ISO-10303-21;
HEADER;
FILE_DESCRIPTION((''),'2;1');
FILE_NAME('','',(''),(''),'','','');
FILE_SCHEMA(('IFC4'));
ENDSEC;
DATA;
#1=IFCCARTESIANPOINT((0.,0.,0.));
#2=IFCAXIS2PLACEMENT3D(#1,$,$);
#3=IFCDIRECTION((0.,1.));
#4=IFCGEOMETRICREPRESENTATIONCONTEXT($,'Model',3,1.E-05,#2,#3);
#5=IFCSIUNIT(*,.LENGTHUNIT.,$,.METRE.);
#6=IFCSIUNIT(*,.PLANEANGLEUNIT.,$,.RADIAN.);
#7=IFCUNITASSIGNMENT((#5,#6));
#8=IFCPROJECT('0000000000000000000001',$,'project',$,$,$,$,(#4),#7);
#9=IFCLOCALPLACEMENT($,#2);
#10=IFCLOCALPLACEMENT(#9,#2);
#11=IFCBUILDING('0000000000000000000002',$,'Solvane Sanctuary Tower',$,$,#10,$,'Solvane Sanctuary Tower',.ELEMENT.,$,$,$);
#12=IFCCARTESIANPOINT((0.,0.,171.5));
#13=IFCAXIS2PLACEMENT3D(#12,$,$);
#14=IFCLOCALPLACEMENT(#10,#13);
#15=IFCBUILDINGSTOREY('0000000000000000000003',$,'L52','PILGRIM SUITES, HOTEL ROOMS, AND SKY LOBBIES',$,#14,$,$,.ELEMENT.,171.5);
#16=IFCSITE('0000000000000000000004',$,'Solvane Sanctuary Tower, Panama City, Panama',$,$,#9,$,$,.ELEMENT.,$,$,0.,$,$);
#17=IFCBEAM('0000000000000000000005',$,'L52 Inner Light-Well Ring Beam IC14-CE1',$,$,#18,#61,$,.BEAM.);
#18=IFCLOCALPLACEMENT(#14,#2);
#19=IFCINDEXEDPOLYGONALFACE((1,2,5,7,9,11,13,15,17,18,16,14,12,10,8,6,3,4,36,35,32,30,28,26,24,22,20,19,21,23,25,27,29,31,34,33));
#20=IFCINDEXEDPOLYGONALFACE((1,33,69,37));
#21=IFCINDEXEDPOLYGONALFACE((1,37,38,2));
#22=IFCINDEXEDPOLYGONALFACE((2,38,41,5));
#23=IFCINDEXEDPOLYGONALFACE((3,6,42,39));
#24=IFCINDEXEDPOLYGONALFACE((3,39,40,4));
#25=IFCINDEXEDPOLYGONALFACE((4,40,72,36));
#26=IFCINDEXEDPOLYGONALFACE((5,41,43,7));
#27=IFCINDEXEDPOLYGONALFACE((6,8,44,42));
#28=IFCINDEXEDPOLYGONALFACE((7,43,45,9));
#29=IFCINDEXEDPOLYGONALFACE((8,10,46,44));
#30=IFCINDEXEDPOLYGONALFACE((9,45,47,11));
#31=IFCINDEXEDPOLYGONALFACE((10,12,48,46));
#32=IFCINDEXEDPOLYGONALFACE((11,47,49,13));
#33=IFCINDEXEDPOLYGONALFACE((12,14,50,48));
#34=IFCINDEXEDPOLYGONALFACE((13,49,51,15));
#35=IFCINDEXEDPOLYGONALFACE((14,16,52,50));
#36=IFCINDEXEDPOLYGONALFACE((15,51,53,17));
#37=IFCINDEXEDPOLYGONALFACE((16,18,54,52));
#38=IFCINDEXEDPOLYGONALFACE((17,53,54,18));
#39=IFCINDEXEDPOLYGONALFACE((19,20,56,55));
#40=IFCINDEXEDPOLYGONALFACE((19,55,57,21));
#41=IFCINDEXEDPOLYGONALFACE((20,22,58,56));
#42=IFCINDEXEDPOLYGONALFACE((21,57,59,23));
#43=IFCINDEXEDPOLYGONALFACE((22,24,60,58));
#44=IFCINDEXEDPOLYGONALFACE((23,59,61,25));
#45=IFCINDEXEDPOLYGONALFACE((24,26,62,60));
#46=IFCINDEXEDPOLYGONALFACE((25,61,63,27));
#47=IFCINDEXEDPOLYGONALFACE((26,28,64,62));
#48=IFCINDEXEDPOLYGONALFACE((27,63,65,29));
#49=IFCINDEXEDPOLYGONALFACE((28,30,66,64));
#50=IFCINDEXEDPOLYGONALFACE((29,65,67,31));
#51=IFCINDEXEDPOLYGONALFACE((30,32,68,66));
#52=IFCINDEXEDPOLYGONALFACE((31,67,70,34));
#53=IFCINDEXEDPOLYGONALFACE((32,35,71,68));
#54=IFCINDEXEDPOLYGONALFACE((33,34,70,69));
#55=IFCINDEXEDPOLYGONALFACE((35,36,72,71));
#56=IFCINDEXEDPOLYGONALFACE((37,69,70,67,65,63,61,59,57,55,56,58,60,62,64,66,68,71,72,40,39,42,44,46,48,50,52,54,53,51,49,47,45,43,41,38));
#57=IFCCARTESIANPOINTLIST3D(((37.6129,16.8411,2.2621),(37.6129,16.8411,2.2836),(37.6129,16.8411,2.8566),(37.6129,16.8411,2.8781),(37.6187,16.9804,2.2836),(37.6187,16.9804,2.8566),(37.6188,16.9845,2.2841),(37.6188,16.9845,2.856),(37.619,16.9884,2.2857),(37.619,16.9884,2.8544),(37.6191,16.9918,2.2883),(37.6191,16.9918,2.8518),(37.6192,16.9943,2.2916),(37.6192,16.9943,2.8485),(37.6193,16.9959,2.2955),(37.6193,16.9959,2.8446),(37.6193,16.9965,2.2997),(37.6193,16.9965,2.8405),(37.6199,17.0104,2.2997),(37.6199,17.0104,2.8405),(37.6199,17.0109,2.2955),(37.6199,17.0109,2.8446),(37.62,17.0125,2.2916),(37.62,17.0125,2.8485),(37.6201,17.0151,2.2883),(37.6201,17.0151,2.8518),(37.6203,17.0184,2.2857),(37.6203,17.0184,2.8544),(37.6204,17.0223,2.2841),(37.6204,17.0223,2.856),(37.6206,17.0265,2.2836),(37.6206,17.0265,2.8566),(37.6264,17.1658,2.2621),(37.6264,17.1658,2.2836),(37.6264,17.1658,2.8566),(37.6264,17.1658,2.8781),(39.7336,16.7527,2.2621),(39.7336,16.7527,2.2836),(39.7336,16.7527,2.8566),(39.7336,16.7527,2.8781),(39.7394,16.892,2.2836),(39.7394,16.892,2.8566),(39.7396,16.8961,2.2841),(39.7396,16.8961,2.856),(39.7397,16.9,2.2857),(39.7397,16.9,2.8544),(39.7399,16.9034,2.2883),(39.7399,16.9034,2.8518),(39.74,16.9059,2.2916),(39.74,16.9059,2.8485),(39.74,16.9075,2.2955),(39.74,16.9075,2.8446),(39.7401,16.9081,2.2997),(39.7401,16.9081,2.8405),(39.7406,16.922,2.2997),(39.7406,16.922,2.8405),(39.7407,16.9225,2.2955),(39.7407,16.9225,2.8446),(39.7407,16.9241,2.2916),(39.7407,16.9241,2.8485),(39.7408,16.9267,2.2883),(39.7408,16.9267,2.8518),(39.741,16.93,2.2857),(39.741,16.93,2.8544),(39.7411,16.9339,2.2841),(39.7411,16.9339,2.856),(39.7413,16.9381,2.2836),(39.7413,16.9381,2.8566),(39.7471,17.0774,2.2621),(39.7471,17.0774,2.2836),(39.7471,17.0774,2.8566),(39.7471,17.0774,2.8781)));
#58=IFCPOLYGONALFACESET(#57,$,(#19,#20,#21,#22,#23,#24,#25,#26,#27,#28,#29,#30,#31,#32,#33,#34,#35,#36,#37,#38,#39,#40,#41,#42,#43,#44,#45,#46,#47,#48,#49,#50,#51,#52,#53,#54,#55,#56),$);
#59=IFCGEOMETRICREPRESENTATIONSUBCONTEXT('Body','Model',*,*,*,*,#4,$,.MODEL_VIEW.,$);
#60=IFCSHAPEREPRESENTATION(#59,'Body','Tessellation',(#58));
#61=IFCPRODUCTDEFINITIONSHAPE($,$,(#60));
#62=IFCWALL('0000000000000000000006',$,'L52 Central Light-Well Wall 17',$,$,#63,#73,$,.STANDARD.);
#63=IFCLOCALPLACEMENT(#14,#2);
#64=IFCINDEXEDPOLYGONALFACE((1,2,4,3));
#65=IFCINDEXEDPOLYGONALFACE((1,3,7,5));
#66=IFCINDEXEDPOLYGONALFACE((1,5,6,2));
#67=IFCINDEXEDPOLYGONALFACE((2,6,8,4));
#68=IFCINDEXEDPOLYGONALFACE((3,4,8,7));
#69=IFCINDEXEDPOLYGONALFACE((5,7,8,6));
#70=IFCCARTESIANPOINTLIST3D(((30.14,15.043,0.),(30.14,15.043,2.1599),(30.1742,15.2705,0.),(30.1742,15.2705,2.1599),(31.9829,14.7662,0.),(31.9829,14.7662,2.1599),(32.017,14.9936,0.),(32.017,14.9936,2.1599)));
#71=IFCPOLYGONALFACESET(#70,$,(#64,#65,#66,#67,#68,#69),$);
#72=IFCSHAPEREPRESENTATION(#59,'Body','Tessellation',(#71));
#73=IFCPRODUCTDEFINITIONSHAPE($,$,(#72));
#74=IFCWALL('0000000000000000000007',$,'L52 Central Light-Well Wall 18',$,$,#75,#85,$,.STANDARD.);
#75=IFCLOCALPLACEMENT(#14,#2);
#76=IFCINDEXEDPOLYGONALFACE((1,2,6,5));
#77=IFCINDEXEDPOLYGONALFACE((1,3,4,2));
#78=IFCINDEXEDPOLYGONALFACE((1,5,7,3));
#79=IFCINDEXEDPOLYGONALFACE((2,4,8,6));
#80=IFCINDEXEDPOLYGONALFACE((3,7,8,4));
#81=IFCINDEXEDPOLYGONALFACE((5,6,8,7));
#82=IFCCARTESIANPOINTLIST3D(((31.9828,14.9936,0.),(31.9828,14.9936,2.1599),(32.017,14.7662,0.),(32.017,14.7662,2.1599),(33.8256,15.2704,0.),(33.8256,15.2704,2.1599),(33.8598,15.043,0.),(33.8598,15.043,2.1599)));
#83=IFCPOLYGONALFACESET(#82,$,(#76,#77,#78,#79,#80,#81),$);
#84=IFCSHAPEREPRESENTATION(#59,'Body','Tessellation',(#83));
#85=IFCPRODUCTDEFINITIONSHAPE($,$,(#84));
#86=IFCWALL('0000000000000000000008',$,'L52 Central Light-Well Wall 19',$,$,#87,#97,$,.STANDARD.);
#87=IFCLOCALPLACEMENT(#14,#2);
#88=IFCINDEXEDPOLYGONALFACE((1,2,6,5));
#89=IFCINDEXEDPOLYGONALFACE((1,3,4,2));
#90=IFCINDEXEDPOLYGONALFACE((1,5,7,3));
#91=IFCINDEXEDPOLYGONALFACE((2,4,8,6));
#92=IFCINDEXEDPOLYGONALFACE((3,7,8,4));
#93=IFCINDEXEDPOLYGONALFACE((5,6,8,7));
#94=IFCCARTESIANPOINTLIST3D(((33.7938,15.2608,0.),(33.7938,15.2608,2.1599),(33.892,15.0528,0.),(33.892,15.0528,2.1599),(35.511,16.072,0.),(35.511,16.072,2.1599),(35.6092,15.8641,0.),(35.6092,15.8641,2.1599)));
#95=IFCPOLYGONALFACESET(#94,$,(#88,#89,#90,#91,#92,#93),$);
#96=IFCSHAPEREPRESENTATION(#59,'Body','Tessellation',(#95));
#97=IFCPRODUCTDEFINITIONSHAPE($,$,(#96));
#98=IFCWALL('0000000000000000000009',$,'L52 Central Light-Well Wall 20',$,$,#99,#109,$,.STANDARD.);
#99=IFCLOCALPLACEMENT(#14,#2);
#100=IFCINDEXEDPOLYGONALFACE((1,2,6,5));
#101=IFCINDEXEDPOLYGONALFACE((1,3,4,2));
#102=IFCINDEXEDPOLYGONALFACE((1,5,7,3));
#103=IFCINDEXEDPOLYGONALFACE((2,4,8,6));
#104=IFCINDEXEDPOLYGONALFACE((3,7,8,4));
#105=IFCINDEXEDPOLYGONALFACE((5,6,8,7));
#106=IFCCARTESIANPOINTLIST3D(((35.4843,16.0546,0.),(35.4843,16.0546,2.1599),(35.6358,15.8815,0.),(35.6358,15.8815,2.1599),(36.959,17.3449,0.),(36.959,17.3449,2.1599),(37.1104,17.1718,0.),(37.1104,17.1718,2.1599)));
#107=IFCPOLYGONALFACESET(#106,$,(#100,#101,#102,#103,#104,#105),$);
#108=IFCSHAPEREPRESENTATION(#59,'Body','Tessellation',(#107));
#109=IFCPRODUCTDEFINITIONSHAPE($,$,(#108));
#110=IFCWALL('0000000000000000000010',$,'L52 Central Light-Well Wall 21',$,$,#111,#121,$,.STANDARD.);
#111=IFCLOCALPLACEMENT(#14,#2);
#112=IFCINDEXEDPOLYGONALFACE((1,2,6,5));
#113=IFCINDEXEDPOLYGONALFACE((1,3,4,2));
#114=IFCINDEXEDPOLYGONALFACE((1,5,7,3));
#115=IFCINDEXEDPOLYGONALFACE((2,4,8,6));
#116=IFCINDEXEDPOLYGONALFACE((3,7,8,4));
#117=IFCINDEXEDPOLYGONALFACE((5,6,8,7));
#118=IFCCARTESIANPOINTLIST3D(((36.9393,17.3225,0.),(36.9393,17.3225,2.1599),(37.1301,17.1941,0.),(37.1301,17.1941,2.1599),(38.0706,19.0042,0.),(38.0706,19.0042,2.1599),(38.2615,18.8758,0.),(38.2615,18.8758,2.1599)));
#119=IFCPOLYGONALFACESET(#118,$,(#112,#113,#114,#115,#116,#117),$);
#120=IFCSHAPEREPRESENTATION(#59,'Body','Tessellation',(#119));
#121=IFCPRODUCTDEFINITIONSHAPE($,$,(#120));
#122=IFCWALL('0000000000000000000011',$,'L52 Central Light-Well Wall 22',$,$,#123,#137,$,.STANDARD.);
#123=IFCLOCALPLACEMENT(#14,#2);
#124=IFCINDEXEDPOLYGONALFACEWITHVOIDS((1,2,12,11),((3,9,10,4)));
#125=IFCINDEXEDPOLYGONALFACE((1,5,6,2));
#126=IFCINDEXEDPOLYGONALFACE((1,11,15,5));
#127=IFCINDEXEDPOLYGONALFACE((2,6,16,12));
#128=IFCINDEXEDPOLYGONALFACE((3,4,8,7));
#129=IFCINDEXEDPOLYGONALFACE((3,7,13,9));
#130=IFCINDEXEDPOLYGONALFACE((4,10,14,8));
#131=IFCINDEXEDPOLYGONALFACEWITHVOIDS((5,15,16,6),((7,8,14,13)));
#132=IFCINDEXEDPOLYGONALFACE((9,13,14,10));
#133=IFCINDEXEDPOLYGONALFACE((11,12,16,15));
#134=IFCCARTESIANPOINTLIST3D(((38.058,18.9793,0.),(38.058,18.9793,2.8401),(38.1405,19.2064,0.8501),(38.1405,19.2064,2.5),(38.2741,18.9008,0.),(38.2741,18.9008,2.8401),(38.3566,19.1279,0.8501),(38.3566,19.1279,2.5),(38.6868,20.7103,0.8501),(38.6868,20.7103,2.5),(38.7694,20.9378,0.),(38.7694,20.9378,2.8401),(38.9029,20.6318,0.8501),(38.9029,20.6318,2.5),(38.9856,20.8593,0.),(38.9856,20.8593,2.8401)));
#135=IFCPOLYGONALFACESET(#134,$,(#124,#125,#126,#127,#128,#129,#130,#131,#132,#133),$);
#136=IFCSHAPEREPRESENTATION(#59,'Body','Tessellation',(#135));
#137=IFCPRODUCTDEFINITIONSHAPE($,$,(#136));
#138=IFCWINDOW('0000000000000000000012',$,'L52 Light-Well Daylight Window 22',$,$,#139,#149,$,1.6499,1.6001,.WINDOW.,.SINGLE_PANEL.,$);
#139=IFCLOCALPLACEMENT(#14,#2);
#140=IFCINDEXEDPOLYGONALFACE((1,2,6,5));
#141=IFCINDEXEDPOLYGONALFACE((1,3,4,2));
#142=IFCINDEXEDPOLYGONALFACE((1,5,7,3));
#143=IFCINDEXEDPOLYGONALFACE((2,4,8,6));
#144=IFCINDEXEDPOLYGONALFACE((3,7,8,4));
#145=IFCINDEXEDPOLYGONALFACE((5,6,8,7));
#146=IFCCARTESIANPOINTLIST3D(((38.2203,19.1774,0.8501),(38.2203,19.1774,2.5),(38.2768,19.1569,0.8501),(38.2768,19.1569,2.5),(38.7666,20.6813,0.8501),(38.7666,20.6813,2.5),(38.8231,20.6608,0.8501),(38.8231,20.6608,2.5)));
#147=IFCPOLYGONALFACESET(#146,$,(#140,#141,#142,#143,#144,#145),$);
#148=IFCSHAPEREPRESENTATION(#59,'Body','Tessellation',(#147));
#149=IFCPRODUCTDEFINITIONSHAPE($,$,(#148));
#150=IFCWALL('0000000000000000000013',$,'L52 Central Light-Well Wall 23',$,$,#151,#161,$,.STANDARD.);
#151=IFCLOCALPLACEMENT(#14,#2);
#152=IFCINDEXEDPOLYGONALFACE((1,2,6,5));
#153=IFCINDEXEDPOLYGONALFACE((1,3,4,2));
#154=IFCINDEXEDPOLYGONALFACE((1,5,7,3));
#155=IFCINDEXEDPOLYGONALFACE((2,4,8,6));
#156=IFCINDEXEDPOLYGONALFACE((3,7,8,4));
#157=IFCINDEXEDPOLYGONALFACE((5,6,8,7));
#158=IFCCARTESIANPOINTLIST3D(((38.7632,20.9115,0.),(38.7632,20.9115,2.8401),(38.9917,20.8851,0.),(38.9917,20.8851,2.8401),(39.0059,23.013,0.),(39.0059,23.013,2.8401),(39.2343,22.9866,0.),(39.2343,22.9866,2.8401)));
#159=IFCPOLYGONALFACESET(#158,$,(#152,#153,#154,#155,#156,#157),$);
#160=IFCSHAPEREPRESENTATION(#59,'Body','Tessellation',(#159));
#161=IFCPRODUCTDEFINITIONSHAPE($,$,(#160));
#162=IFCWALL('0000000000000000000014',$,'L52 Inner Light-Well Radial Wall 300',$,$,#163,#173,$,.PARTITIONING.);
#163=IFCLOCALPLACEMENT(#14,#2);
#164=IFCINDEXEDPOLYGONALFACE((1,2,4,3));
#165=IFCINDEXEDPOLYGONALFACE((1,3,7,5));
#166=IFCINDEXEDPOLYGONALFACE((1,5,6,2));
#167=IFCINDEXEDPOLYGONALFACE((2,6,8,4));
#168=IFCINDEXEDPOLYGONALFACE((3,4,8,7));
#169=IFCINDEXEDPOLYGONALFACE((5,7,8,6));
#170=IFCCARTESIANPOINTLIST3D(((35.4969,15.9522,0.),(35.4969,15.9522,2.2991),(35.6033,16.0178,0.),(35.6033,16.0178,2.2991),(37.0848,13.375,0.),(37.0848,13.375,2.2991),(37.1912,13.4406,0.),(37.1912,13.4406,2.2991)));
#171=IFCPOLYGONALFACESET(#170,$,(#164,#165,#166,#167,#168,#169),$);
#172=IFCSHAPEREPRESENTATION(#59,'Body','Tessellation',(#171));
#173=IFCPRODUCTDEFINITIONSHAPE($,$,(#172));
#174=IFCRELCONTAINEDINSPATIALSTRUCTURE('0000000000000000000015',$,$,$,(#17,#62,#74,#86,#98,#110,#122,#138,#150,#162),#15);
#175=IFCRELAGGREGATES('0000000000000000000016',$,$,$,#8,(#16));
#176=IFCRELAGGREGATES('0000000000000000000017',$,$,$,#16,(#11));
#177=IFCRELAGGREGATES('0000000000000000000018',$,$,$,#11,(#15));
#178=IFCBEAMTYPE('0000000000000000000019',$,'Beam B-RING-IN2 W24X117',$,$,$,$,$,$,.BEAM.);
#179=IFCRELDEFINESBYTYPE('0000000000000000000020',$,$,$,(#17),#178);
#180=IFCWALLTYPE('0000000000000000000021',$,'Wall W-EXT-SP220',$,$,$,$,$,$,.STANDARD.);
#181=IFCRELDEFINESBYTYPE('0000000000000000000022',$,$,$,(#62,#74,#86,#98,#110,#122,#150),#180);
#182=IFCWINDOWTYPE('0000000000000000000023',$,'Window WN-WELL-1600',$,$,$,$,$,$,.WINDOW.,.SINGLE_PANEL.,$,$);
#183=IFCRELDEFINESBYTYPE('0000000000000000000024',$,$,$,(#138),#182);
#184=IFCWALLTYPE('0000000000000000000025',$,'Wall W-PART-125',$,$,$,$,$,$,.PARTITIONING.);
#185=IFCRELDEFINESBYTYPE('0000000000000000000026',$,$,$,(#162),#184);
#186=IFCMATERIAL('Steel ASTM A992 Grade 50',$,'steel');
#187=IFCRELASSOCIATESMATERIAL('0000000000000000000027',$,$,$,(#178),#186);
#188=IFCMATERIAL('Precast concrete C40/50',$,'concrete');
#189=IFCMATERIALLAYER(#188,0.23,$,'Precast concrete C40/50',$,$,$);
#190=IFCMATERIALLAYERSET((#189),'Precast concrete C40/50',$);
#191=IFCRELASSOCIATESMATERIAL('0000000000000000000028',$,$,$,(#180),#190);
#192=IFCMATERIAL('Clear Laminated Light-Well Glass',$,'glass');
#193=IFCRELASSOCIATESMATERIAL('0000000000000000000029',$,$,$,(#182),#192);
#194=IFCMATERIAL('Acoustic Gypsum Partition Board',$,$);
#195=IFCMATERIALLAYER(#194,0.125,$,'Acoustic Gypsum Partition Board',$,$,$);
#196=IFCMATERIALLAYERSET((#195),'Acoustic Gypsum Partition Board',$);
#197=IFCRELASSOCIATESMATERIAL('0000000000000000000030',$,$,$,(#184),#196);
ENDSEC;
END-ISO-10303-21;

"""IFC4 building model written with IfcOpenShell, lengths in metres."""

from ifc_helpers import new_model, si_unit, direction, frame, frame_2d, origin, origin_2d, place, context, subcontext, project, spatial, rectangle, i_section, extrude, material, layer, layer_set, material_profile, profile_set, type_object, element, fill, save


model = new_model("IFC4")

# Units and contexts
model_context = context("Model", 3, precision=1e-05, world=origin(), true_north=direction((0.0, 1.0)))
body_context = subcontext(model_context, "Body", "Model", "MODEL_VIEW")
ifc_project = project(units=[si_unit("LENGTHUNIT", "METRE"), si_unit("PLANEANGLEUNIT", "RADIAN")], contexts=[model_context])

# Site, building, storey
site_placement = place(None, origin())
site = spatial("IfcSite", under=ifc_project, at=site_placement, Name="Solvane Sanctuary Tower, Panama City, Panama", CompositionType="ELEMENT", RefElevation=0.0)
building_placement = place(site_placement, origin())
building = spatial("IfcBuilding", under=site, at=building_placement, Name="Solvane Sanctuary Tower", LongName="Solvane Sanctuary Tower", CompositionType="ELEMENT")
storey_placement = place(building_placement, frame((0.0, 0.0, 171.5)))
storey = spatial("IfcBuildingStorey", under=building, at=storey_placement, Name="L52", Description="PILGRIM SUITES, HOTEL ROOMS, AND SKY LOBBIES", CompositionType="ELEMENT", Elevation=171.5)

# Beam
ifc_material_1 = material(Name="Steel ASTM A992 Grade 50", Category="steel")
ifc_material_profile_1 = material_profile(ifc_material_1, i_section(OverallWidth=0.325, OverallDepth=0.616, WebThickness=0.0139, FlangeThickness=0.0215, FilletRadius=0.0161, at=origin_2d()), Name="W24X117")
ifc_profile_set_1 = profile_set([ifc_material_profile_1], Name="Steel ASTM A992 Grade 50")
beam_type_1 = type_object("IfcBeamType", Name="Beam B-RING-IN2 W24X117", PredefinedType="BEAM", material=ifc_profile_set_1)
beam_1_placement = place(storey_placement, frame((37.6196, 17.0034, 2.5701), z_axis=(0.999133, -0.04164, 0.0), x_axis=(0.04164, 0.999133, 0.0)))
element("IfcBeam", 1, at=beam_1_placement, inside=storey, type_object=beam_type_1, Name="L52 Inner Light-Well Ring Beam IC14-CE1", PredefinedType="BEAM", context=body_context, shape_type="SweptSolid", body=[
    extrude(i_section(OverallWidth=0.325, OverallDepth=0.616, WebThickness=0.0139, FlangeThickness=0.0215, FilletRadius=0.0161, at=origin_2d()), origin(), (0.0, 0.0, 1.0), 2.1226),
])

# Walls
ifc_material_2 = material(Name="Precast concrete C40/50", Category="concrete")
ifc_layer_1 = layer(ifc_material_2, 0.23, Name="Precast concrete C40/50")
ifc_layer_set_1 = layer_set([ifc_layer_1], Name="Precast concrete C40/50")
wall_type_1 = type_object("IfcWallType", Name="Wall W-EXT-SP220", PredefinedType="STANDARD", material=ifc_layer_set_1)
for number, where, z_axis, x_axis, name in (
    (2, (30.1572, 15.1567, 0.0), (0.0, 0.0, 1.0), (0.988902, -0.148571, 0.0), "L52 Central Light-Well Wall 17"),
    (3, (32.0, 14.8799, 0.0), (0.0, 0.0, 1.0), (0.988902, 0.148571, 0.0), "L52 Central Light-Well Wall 18"),
):
    element("IfcWall", number, at=place(storey_placement, frame(where, z_axis=z_axis, x_axis=x_axis)), inside=storey, type_object=wall_type_1, Name=name, PredefinedType="STANDARD", context=body_context, shape_type="SweptSolid", body=[
        extrude(rectangle(XDim=1.8635, YDim=0.23, at=frame_2d((0.9316, 0.0))), origin(), (0.0, 0.0, 1.0), 2.1599),
    ])
wall_1_placement = place(storey_placement, frame((33.8428, 15.1567, 0.0), z_axis=(0.0, 0.0, 1.0), x_axis=(0.90418, 0.427152, 0.0)))
element("IfcWall", 4, at=wall_1_placement, inside=storey, type_object=wall_type_1, Name="L52 Central Light-Well Wall 19", PredefinedType="STANDARD", context=body_context, shape_type="SweptSolid", body=[
    extrude(rectangle(XDim=1.8992, YDim=0.23, at=frame_2d((0.9497, 0.0))), origin(), (0.0, 0.0, 1.0), 2.1599),
])
wall_2_placement = place(storey_placement, frame((35.5601, 15.968, 0.0), z_axis=(0.0, 0.0, 1.0), x_axis=(0.752577, 0.658505, 0.0)))
element("IfcWall", 5, at=wall_2_placement, inside=storey, type_object=wall_type_1, Name="L52 Central Light-Well Wall 20", PredefinedType="STANDARD", context=body_context, shape_type="SweptSolid", body=[
    extrude(rectangle(XDim=1.9595, YDim=0.23, at=frame_2d((0.9797, 0.0))), origin(), (0.0, 0.0, 1.0), 2.1599),
])
wall_3_placement = place(storey_placement, frame((37.0347, 17.2583, 0.0), z_axis=(0.0, 0.0, 1.0), x_axis=(0.558198, 0.829708, 0.0)))
element("IfcWall", 6, at=wall_3_placement, inside=storey, type_object=wall_type_1, Name="L52 Central Light-Well Wall 21", PredefinedType="STANDARD", context=body_context, shape_type="SweptSolid", body=[
    extrude(rectangle(XDim=2.0269, YDim=0.23, at=frame_2d((1.0134, 0.0))), origin(), (0.0, 0.0, 1.0), 2.1599),
])

# Wall, opening, window
wall_4_placement = place(storey_placement, frame((38.166, 18.9399, 0.0), z_axis=(0.0, 0.0, 1.0), x_axis=(0.341423, 0.93991, 0.0)))
wall_4 = element("IfcWall", 7, at=wall_4_placement, inside=storey, type_object=wall_type_1, Name="L52 Central Light-Well Wall 22", PredefinedType="STANDARD", context=body_context, shape_type="SweptSolid", body=[
    extrude(rectangle(XDim=2.0837, YDim=0.23, at=frame_2d((1.042, 0.0))), origin(), (0.0, 0.0, 1.0), 2.8401),
])
opening_placement = place(wall_4_placement, frame((0.2417, 0.0, 0.8501)))
opening = element("IfcOpeningElement", 8, at=opening_placement, cuts=wall_4, PredefinedType="OPENING", context=body_context, shape_type="SweptSolid", body=[
    extrude(rectangle(XDim=1.6001, YDim=1.6499, at=frame_2d((0.8, 0.825))), frame((0.0, 0.125, 0.0), z_axis=(0.0, -1.0, 0.0), x_axis=(1.0, 0.0, 0.0)), (0.0, 0.0, 1.0), 0.25),
])
ifc_material_3 = material(Name="Clear Laminated Light-Well Glass", Category="glass")
window_type = type_object("IfcWindowType", Name="Window WN-WELL-1600", PartitioningType="SINGLE_PANEL", PredefinedType="WINDOW", material=ifc_material_3)
window_placement = place(opening_placement, origin())
window = element("IfcWindow", 9, at=window_placement, inside=storey, type_object=window_type, Name="L52 Light-Well Daylight Window 22", OverallHeight=1.6499, OverallWidth=1.6001, PartitioningType="SINGLE_PANEL", PredefinedType="WINDOW", context=body_context, shape_type="SweptSolid", body=[
    extrude(rectangle(XDim=1.6001, YDim=1.6499, at=frame_2d((0.8, 0.825))), frame((0.0, 0.03, 0.0), z_axis=(0.0, -1.0, 0.0), x_axis=(1.0, 0.0, 0.0)), (0.0, 0.0, 1.0), 0.0601),
])
fill(opening, window)

# Walls
wall_5_placement = place(storey_placement, frame((38.8774, 20.8984, 0.0), z_axis=(0.0, 0.0, 1.0), x_axis=(0.114712, 0.993399, 0.0)))
element("IfcWall", 10, at=wall_5_placement, inside=storey, type_object=wall_type_1, Name="L52 Central Light-Well Wall 23", PredefinedType="STANDARD", context=body_context, shape_type="SweptSolid", body=[
    extrude(rectangle(XDim=2.1155, YDim=0.23, at=frame_2d((1.0576, 0.0))), origin(), (0.0, 0.0, 1.0), 2.8401),
])
ifc_material_4 = material(Name="Acoustic Gypsum Partition Board")
ifc_layer_2 = layer(ifc_material_4, 0.125, Name="Acoustic Gypsum Partition Board")
ifc_layer_set_2 = layer_set([ifc_layer_2], Name="Acoustic Gypsum Partition Board")
wall_type_2 = type_object("IfcWallType", Name="Wall W-PART-125", PredefinedType="PARTITIONING", material=ifc_layer_set_2)
wall_6_placement = place(storey_placement, frame((35.55, 15.9851, 0.0), z_axis=(0.0, 0.0, 1.0), x_axis=(0.524565, -0.85137, 0.0)))
element("IfcWall", 11, at=wall_6_placement, inside=storey, type_object=wall_type_2, Name="L52 Inner Light-Well Radial Wall 300", PredefinedType="PARTITIONING", context=body_context, shape_type="SweptSolid", body=[
    extrude(rectangle(XDim=3.0271, YDim=0.125, at=frame_2d((1.5137, 0.0))), origin(), (0.0, 0.0, 1.0), 2.2991),
])

save(model, "model.ifc")
